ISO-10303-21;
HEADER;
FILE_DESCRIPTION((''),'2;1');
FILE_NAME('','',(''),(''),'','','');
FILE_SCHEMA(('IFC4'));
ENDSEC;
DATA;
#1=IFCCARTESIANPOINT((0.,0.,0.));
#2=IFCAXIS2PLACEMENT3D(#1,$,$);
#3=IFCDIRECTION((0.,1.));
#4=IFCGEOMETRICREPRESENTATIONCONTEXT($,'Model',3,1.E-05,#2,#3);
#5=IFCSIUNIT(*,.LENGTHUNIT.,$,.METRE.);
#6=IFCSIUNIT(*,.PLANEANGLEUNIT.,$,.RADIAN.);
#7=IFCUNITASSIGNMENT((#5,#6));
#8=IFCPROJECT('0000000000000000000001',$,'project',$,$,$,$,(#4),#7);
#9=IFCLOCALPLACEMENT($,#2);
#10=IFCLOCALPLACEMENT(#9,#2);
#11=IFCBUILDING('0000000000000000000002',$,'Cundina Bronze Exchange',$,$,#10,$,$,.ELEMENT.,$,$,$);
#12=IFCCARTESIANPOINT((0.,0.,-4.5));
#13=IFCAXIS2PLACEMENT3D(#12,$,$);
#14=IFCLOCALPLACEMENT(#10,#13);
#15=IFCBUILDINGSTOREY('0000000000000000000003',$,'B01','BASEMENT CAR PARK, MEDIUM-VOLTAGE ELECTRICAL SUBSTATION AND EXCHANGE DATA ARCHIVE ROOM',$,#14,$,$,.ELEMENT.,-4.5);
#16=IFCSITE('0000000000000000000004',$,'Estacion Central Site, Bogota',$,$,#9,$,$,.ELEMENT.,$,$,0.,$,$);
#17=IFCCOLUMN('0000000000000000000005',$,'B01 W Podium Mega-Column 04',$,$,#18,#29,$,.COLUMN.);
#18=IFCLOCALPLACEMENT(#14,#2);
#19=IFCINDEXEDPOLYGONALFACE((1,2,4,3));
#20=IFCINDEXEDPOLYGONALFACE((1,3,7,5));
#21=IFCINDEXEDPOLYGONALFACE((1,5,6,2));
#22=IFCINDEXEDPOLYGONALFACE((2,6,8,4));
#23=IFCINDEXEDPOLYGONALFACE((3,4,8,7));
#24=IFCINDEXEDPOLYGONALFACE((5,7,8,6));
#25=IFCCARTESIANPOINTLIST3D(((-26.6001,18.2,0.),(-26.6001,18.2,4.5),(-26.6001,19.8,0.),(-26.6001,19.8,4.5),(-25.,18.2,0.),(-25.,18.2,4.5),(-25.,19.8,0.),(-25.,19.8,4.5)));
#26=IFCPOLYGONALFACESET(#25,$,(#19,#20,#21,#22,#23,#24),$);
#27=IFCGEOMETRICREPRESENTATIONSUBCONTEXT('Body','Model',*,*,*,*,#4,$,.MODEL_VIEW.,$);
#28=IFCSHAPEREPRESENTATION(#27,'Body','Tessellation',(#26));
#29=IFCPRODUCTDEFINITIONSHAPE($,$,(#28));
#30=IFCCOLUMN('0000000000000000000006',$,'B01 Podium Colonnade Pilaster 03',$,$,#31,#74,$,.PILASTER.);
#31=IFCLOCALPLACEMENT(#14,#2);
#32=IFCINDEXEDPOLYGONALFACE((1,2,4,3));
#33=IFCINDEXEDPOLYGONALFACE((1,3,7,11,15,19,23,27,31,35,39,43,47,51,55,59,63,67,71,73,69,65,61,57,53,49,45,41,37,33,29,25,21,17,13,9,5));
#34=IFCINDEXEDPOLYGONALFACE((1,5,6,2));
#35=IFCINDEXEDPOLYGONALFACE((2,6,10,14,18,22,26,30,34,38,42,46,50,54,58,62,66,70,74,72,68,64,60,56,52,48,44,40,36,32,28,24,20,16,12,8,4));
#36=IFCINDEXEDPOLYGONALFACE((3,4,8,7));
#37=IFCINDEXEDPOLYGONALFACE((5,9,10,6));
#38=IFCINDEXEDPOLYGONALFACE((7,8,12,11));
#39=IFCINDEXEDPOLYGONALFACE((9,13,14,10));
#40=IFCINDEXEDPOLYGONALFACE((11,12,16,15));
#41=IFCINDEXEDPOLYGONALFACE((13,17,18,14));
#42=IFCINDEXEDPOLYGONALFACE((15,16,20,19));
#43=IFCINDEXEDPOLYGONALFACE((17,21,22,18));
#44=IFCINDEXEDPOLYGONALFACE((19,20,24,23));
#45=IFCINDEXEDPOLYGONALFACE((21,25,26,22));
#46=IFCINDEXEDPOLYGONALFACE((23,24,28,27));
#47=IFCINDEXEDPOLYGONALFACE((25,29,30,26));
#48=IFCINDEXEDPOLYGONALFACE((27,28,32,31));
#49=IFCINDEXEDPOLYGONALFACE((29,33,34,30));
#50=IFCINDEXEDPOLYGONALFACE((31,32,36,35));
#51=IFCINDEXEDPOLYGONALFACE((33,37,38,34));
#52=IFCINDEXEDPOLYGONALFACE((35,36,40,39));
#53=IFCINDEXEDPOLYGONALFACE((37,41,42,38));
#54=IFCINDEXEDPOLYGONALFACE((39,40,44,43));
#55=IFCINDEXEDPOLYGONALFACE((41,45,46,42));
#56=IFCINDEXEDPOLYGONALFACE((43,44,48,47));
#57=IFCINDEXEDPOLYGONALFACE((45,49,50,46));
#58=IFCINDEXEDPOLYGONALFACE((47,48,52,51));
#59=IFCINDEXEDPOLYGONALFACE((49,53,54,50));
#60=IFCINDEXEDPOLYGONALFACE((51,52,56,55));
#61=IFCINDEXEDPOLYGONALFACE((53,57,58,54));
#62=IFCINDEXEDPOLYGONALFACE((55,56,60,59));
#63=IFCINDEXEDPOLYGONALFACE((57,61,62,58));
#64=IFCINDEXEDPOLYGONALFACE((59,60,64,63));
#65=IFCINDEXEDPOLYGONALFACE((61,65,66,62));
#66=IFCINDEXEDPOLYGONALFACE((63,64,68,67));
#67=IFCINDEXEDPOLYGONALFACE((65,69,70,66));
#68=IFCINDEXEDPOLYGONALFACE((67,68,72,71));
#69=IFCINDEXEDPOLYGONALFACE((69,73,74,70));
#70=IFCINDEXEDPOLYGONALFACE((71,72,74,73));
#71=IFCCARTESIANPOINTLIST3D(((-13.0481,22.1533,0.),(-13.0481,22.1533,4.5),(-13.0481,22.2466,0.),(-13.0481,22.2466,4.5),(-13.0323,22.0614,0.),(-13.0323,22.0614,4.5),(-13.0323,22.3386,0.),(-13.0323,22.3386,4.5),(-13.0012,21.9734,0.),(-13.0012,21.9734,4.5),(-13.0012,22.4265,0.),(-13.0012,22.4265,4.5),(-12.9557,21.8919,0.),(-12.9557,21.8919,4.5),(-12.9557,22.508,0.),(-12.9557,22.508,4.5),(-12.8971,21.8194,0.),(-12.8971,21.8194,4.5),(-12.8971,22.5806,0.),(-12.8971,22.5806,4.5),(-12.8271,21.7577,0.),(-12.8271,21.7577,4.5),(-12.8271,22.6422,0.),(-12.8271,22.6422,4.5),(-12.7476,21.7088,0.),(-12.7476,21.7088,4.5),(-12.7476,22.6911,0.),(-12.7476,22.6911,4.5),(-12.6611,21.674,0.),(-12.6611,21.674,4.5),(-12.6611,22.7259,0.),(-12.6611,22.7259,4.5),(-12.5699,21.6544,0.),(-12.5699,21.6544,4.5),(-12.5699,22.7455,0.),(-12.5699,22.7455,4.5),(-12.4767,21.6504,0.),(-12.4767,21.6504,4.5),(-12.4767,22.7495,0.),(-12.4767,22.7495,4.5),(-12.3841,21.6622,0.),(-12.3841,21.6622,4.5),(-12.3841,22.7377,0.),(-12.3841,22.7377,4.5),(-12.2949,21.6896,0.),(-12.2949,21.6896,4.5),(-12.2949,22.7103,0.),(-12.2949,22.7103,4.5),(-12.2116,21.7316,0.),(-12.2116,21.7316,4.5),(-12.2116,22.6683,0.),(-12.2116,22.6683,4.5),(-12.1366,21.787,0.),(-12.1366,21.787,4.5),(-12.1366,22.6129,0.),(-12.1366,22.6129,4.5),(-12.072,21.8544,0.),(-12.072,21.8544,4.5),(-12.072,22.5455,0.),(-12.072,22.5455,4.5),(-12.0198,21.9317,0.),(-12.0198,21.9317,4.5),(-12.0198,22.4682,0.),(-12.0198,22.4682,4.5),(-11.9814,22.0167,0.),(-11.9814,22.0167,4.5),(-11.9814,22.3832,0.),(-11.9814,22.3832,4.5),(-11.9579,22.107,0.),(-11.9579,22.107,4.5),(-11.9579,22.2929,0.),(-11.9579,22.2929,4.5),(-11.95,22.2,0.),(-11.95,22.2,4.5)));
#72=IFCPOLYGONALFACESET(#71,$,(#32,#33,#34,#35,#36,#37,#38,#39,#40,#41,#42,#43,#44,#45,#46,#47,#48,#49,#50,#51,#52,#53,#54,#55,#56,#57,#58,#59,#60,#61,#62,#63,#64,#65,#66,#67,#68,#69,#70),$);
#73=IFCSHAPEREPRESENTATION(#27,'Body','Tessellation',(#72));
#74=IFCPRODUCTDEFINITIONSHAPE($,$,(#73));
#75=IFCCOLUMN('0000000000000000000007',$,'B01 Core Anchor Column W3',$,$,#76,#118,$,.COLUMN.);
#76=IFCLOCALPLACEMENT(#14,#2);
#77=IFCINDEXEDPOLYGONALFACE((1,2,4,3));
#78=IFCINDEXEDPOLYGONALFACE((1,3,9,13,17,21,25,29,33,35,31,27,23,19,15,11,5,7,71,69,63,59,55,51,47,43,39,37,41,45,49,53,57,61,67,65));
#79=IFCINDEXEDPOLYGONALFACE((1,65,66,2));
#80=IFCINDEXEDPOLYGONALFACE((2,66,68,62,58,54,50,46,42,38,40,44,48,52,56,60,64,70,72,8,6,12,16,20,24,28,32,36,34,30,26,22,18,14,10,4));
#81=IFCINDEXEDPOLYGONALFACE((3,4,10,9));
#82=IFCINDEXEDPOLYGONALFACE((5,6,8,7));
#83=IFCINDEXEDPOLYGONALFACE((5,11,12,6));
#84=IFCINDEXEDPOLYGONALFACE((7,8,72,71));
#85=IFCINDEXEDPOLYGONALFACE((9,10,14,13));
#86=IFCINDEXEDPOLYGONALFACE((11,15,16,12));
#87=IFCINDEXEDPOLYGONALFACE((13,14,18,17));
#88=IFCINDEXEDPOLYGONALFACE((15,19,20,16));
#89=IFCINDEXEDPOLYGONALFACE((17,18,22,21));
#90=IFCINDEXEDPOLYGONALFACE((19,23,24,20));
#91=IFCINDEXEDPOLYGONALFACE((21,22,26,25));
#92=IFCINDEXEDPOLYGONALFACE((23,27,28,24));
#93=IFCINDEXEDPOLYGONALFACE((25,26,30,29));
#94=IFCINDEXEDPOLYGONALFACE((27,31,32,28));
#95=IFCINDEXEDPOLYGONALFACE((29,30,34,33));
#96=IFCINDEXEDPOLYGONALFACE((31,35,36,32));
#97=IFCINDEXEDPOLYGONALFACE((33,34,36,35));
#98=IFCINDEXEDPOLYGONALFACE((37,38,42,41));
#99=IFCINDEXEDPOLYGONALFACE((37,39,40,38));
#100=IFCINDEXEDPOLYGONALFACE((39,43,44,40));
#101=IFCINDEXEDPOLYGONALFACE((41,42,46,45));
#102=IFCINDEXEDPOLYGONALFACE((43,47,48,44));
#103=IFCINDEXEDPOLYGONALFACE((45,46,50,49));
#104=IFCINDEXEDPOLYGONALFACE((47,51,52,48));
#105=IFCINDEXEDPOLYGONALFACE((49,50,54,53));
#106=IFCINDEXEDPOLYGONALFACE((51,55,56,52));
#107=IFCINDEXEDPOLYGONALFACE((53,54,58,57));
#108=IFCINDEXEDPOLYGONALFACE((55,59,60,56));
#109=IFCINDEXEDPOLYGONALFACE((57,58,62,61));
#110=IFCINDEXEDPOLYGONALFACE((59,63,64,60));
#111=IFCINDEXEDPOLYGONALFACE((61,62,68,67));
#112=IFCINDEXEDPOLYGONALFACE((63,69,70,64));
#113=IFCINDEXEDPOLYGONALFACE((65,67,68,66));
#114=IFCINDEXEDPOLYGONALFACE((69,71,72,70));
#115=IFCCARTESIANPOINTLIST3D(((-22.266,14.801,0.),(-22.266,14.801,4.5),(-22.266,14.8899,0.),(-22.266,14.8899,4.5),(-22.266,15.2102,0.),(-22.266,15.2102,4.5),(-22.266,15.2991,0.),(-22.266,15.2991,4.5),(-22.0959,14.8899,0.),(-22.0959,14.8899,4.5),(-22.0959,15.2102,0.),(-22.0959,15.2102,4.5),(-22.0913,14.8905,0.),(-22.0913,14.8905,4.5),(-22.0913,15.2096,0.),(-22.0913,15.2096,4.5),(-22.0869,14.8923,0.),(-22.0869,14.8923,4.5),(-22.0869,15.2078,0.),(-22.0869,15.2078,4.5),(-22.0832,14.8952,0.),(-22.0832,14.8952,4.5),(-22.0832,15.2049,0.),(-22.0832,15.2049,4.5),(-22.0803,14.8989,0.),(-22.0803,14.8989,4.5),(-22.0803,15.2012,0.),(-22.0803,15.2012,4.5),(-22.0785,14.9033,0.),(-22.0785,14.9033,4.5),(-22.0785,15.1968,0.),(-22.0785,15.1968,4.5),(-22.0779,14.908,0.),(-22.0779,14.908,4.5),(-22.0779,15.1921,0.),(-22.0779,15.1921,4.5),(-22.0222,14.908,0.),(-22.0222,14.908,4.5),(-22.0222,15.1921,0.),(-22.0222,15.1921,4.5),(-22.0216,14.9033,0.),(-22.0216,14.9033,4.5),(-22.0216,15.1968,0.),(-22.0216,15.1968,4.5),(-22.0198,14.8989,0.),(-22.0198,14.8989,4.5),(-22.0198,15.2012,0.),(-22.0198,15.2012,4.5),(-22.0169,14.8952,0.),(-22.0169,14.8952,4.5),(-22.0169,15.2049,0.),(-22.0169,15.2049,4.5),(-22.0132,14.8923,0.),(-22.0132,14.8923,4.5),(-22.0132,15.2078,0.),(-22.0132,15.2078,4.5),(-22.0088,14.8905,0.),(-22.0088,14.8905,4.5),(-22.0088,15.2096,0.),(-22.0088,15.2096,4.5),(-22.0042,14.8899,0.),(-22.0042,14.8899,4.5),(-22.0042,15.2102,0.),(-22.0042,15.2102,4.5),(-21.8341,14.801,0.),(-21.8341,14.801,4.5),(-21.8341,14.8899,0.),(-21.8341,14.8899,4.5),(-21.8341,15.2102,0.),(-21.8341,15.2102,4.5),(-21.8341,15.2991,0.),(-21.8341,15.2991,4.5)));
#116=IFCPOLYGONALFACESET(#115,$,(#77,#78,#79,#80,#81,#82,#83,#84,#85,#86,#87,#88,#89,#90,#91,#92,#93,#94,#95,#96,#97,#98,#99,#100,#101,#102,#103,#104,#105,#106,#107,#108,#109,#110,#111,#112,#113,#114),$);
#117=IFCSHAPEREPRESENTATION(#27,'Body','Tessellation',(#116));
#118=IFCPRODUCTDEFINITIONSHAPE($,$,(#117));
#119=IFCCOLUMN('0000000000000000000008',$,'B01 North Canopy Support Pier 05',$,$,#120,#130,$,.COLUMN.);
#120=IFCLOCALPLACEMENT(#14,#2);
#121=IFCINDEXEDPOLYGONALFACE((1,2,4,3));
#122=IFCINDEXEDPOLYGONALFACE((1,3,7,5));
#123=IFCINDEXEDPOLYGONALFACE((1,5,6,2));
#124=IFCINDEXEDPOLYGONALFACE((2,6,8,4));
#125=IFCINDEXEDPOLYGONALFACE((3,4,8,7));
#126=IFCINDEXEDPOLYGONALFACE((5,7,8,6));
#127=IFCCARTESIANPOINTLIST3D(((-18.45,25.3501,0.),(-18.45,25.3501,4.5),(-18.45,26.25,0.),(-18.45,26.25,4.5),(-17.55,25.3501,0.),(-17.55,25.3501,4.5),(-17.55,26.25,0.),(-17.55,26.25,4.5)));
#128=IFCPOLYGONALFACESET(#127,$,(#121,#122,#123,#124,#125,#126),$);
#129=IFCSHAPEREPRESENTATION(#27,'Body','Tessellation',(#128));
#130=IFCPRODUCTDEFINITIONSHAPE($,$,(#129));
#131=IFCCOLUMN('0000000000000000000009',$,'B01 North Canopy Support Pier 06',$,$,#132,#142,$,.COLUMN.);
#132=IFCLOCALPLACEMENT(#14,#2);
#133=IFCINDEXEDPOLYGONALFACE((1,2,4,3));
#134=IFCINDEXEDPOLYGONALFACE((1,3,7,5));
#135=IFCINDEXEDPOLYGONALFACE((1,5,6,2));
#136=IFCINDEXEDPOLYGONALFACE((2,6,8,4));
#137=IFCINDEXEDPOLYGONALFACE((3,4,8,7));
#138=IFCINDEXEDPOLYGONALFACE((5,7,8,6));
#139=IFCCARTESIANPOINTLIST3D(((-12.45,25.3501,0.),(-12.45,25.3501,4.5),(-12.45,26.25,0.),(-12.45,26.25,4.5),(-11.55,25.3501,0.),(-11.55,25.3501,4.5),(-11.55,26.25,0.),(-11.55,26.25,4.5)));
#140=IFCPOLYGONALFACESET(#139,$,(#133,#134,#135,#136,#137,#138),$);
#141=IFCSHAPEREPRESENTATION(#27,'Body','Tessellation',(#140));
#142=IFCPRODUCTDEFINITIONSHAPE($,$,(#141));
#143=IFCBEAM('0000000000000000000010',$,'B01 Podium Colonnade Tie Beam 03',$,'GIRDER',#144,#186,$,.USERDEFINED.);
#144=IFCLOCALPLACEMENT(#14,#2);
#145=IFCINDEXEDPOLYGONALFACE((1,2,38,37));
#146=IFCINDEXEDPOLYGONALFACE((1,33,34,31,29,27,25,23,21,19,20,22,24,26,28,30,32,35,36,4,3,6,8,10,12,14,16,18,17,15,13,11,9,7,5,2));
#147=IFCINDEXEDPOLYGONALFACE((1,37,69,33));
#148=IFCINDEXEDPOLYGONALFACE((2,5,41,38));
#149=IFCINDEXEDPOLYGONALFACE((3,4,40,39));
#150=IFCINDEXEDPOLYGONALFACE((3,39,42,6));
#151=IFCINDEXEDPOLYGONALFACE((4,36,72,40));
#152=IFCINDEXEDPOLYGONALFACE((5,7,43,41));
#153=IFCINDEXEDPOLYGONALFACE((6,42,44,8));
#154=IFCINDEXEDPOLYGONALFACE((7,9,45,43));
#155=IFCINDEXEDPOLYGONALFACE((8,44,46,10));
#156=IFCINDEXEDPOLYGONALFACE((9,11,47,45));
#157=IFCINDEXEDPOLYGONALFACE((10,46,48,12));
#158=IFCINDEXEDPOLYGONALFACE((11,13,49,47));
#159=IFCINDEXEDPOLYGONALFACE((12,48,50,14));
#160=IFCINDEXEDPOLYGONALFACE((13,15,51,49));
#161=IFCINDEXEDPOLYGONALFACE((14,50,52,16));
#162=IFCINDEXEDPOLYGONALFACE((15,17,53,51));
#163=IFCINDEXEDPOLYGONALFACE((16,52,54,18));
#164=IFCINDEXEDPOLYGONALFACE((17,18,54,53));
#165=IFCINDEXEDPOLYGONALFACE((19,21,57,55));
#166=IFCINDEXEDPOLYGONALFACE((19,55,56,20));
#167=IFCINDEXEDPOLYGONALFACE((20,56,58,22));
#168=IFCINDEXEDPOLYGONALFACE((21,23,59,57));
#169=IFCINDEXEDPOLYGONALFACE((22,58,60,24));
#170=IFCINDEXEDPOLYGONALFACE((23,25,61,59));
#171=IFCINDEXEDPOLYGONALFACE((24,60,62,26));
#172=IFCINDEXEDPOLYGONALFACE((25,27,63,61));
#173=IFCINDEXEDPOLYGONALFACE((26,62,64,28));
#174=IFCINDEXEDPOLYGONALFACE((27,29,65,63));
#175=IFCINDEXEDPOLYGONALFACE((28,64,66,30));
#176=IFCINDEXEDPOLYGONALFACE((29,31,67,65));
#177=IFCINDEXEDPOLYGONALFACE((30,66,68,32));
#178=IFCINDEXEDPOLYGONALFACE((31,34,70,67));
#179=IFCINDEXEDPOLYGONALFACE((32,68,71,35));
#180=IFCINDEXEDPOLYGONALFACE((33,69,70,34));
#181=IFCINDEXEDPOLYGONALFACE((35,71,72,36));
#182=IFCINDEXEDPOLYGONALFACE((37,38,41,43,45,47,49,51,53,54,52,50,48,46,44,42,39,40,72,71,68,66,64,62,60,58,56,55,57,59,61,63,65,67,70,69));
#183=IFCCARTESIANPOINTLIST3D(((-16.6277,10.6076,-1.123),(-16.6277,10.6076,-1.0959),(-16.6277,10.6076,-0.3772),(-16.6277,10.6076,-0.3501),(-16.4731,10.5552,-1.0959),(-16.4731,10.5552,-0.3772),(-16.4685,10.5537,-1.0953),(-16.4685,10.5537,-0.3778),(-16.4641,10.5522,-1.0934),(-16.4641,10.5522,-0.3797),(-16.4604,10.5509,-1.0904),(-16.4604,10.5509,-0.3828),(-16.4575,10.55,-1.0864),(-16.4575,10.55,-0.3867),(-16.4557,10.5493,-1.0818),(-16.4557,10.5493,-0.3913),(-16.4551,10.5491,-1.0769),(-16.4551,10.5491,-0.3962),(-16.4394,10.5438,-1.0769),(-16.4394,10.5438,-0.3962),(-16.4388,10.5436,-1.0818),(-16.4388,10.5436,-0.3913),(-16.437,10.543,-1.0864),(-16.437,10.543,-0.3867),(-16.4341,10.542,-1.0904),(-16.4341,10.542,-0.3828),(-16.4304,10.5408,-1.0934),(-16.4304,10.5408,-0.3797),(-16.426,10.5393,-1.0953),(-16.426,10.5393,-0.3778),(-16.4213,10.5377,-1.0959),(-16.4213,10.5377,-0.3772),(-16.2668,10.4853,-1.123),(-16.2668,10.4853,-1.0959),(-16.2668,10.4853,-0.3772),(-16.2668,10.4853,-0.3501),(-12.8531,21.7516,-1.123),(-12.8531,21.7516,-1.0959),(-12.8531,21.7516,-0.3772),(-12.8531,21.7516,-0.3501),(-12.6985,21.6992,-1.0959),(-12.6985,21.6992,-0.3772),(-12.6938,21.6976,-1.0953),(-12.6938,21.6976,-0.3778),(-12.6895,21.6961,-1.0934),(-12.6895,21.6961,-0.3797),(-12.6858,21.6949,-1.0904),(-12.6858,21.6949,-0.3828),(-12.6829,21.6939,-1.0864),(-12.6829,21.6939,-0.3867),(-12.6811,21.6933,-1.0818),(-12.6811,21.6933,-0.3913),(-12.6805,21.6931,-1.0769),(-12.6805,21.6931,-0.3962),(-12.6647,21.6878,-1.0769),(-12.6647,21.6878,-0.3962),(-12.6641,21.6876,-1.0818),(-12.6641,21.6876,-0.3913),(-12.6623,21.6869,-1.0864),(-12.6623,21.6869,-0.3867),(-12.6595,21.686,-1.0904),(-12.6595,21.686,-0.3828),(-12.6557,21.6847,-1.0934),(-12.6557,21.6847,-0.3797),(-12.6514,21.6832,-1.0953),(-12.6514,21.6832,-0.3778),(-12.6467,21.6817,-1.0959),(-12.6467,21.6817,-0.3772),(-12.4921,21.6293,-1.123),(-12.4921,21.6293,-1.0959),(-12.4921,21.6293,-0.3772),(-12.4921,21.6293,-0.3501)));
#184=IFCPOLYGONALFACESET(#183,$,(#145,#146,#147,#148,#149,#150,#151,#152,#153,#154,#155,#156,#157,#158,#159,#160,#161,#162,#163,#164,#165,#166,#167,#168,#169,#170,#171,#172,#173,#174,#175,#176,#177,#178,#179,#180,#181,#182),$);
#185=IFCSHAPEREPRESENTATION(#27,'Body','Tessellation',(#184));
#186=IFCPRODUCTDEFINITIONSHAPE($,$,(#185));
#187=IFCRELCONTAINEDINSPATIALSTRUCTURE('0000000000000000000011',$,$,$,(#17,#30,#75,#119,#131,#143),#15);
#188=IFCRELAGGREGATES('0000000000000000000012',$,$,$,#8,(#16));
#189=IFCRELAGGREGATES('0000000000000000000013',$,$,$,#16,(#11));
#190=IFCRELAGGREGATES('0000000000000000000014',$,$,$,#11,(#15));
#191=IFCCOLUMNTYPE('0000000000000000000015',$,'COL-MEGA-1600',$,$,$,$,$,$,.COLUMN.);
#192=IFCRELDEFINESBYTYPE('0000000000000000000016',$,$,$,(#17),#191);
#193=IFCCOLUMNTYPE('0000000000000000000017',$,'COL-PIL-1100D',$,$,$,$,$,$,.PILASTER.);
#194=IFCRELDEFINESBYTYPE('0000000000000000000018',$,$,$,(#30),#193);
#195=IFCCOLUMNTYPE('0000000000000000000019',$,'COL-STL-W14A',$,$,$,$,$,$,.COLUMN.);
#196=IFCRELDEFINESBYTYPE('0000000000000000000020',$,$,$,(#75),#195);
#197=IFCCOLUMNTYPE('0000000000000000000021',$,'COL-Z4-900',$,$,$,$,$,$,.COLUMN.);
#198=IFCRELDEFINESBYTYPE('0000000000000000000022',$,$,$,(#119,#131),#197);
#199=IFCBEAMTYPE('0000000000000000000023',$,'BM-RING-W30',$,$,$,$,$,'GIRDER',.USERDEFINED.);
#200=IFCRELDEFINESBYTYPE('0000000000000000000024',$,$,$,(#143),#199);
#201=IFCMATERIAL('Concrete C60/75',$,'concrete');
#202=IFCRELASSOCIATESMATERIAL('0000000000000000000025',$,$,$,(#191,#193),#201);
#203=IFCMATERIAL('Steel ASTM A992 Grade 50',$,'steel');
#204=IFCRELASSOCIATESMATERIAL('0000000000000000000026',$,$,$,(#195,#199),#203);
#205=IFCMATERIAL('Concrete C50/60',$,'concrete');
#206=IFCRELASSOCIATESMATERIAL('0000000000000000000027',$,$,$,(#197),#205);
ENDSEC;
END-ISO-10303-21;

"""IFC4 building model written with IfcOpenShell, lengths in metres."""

from ifc_helpers import new_model, si_unit, direction, frame, origin, origin_2d, place, context, subcontext, project, spatial, rectangle, circle, i_section, extrude, material, material_profile, profile_set, type_object, element, save


model = new_model("IFC4")

# Units and contexts
model_context = context("Model", 3, precision=1e-05, world=origin(), true_north=direction((0.0, 1.0)))
body_context = subcontext(model_context, "Body", "Model", "MODEL_VIEW")
ifc_project = project(units=[si_unit("LENGTHUNIT", "METRE"), si_unit("PLANEANGLEUNIT", "RADIAN")], contexts=[model_context])

# Site, building, storey
site_placement = place(None, origin())
site = spatial("IfcSite", under=ifc_project, at=site_placement, Name="Estacion Central Site, Bogota", CompositionType="ELEMENT", RefElevation=0.0)
building_placement = place(site_placement, origin())
building = spatial("IfcBuilding", under=site, at=building_placement, Name="Cundina Bronze Exchange", CompositionType="ELEMENT")
storey_placement = place(building_placement, frame((0.0, 0.0, -4.5)))
storey = spatial("IfcBuildingStorey", under=building, at=storey_placement, Name="B01", Description="BASEMENT CAR PARK, MEDIUM-VOLTAGE ELECTRICAL SUBSTATION AND EXCHANGE DATA ARCHIVE ROOM", CompositionType="ELEMENT", Elevation=-4.5)

# Columns
ifc_material_1 = material(Name="Concrete C60/75", Category="concrete")
ifc_material_profile_1 = material_profile(ifc_material_1, rectangle(XDim=1.6001, YDim=1.6001, at=origin_2d()), Name="RC1600X1600", Category="concrete")
ifc_profile_set_1 = profile_set([ifc_material_profile_1], Name="Concrete C60/75")
column_type_1 = type_object("IfcColumnType", Name="COL-MEGA-1600", PredefinedType="COLUMN", material=ifc_profile_set_1)
column_1_placement = place(storey_placement, frame((-25.8, 19.0, 0.0), z_axis=(0.0, 0.0, 1.0), x_axis=(1.0, 0.0, 0.0)))
element("IfcColumn", 1, at=column_1_placement, inside=storey, type_object=column_type_1, Name="B01 W Podium Mega-Column 04", PredefinedType="COLUMN", context=body_context, shape_type="SweptSolid", body=[
    extrude(rectangle(XDim=1.6001, YDim=1.6001, at=origin_2d()), origin(), (0.0, 0.0, 1.0), 4.5),
])
ifc_material_profile_2 = material_profile(ifc_material_1, circle(Radius=0.55, at=origin_2d()), Name="RC1100D", Category="concrete")
ifc_profile_set_2 = profile_set([ifc_material_profile_2], Name="Concrete C60/75")
column_type_2 = type_object("IfcColumnType", Name="COL-PIL-1100D", PredefinedType="PILASTER", material=ifc_profile_set_2)
column_2_placement = place(storey_placement, frame((-12.5, 22.2, 0.0), z_axis=(0.0, 0.0, 1.0), x_axis=(1.0, 0.0, 0.0)))
element("IfcColumn", 2, at=column_2_placement, inside=storey, type_object=column_type_2, Name="B01 Podium Colonnade Pilaster 03", PredefinedType="PILASTER", context=body_context, shape_type="SweptSolid", body=[
    extrude(circle(Radius=0.55, at=origin_2d()), origin(), (0.0, 0.0, 1.0), 4.5),
])
ifc_material_2 = material(Name="Steel ASTM A992 Grade 50", Category="steel")
ifc_material_profile_3 = material_profile(ifc_material_2, i_section(OverallWidth=0.4319, OverallDepth=0.498, WebThickness=0.0557, FlangeThickness=0.0889, FilletRadius=0.0181, at=origin_2d()), Name="W14X500", Category="steel")
ifc_profile_set_3 = profile_set([ifc_material_profile_3], Name="Steel ASTM A992 Grade 50")
column_type_3 = type_object("IfcColumnType", Name="COL-STL-W14A", PredefinedType="COLUMN", material=ifc_profile_set_3)
column_3_placement = place(storey_placement, frame((-22.05, 15.05, 0.0), z_axis=(0.0, 0.0, 1.0), x_axis=(1.0, 0.0, 0.0)))
element("IfcColumn", 3, at=column_3_placement, inside=storey, type_object=column_type_3, Name="B01 Core Anchor Column W3", PredefinedType="COLUMN", context=body_context, shape_type="SweptSolid", body=[
    extrude(i_section(OverallWidth=0.4319, OverallDepth=0.498, WebThickness=0.0557, FlangeThickness=0.0889, FilletRadius=0.0181, at=origin_2d()), origin(), (0.0, 0.0, 1.0), 4.5),
])
ifc_material_3 = material(Name="Concrete C50/60", Category="concrete")
ifc_material_profile_4 = material_profile(ifc_material_3, rectangle(XDim=0.8999, YDim=0.8999, at=origin_2d()), Name="RC900X900", Category="concrete")
ifc_profile_set_4 = profile_set([ifc_material_profile_4], Name="Concrete C50/60")
column_type_4 = type_object("IfcColumnType", Name="COL-Z4-900", PredefinedType="COLUMN", material=ifc_profile_set_4)
for number, where, z_axis, x_axis, name in (
    (4, (-18.0, 25.8, 0.0), (0.0, 0.0, 1.0), (1.0, 0.0, 0.0), "B01 North Canopy Support Pier 05"),
    (5, (-12.0, 25.8, 0.0), (0.0, 0.0, 1.0), (1.0, 0.0, 0.0), "B01 North Canopy Support Pier 06"),
):
    element("IfcColumn", number, at=place(storey_placement, frame(where, z_axis=z_axis, x_axis=x_axis)), inside=storey, type_object=column_type_4, Name=name, PredefinedType="COLUMN", context=body_context, shape_type="SweptSolid", body=[
        extrude(rectangle(XDim=0.8999, YDim=0.8999, at=origin_2d()), origin(), (0.0, 0.0, 1.0), 4.5),
    ])

# Beam
ifc_material_profile_5 = material_profile(ifc_material_2, i_section(OverallWidth=0.3811, OverallDepth=0.7729, WebThickness=0.0166, FlangeThickness=0.0271, FilletRadius=0.019, at=origin_2d()), Name="W30X173", Category="steel")
ifc_profile_set_5 = profile_set([ifc_material_profile_5], Name="Steel ASTM A992 Grade 50")
beam_type_1 = type_object("IfcBeamType", Name="BM-RING-W30", ElementType="GIRDER", PredefinedType="USERDEFINED", material=ifc_profile_set_5)
beam_1_placement = place(storey_placement, frame((-12.6726, 21.6904, -0.7366), z_axis=(-0.320812, -0.947143, 0.0), x_axis=(0.947143, -0.320812, 0.0)))
element("IfcBeam", 6, at=beam_1_placement, inside=storey, type_object=beam_type_1, Name="B01 Podium Colonnade Tie Beam 03", ObjectType="GIRDER", PredefinedType="USERDEFINED", context=body_context, shape_type="SweptSolid", body=[
    extrude(i_section(OverallWidth=0.3811, OverallDepth=0.7729, WebThickness=0.0166, FlangeThickness=0.0271, FilletRadius=0.019, at=origin_2d()), origin(), (0.0, 0.0, 1.0), 11.7659),
])

save(model, "model.ifc")
